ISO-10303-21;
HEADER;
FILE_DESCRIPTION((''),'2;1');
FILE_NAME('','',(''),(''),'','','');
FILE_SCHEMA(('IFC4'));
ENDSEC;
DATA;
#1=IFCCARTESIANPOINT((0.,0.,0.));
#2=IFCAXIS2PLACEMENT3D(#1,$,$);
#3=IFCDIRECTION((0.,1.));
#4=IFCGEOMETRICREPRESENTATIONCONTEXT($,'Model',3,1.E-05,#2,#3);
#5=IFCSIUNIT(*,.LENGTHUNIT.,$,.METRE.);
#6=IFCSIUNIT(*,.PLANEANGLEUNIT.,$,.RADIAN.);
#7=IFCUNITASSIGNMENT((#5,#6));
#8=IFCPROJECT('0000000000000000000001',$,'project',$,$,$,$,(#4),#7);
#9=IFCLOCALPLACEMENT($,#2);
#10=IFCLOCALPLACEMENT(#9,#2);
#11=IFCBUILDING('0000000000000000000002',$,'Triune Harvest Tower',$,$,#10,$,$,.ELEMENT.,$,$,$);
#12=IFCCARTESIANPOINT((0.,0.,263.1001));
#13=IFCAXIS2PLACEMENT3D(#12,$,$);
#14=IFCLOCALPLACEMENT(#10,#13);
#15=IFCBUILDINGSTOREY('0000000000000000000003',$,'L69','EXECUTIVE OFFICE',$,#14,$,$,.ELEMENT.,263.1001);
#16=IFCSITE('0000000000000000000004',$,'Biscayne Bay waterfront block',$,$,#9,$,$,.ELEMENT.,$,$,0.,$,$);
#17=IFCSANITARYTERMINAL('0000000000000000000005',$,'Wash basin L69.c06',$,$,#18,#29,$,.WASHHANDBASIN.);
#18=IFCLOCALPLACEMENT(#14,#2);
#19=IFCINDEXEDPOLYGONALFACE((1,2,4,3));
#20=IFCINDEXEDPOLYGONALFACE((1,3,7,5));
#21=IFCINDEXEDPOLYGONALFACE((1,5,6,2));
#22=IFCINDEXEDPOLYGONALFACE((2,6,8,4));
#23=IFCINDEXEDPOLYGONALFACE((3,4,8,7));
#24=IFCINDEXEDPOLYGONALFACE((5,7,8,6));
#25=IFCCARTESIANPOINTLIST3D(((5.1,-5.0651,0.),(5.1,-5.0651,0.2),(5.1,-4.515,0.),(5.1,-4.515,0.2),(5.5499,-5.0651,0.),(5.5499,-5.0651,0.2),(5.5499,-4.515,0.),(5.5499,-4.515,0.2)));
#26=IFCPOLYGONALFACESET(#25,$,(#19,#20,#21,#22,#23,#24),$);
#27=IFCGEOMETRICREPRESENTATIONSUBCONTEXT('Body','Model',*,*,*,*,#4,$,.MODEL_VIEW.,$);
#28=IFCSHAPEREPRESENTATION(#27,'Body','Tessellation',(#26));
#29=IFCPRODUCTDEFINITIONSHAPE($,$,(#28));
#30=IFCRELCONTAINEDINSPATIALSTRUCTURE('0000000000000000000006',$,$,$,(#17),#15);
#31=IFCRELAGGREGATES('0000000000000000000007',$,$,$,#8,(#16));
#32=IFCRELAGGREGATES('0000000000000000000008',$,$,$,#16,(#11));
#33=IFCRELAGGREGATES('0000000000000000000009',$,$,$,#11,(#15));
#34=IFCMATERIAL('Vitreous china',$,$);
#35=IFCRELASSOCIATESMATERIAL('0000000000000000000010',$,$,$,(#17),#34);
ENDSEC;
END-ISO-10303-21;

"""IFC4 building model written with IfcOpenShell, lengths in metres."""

from ifc_helpers import new_model, si_unit, direction, frame, origin, origin_2d, place, context, subcontext, project, spatial, rectangle, extrude, source, transform, mapped, material, element, save


model = new_model("IFC4")

# Units and contexts
model_context = context("Model", 3, precision=1e-05, world=origin(), true_north=direction((0.0, 1.0)))
body_context = subcontext(model_context, "Body", "Model", "MODEL_VIEW")
ifc_project = project(units=[si_unit("LENGTHUNIT", "METRE"), si_unit("PLANEANGLEUNIT", "RADIAN")], contexts=[model_context])

# Site, building, storey
site_placement = place(None, origin())
site = spatial("IfcSite", under=ifc_project, at=site_placement, Name="Biscayne Bay waterfront block", CompositionType="ELEMENT", RefElevation=0.0)
building_placement = place(site_placement, origin())
building = spatial("IfcBuilding", under=site, at=building_placement, Name="Triune Harvest Tower", CompositionType="ELEMENT")
storey_placement = place(building_placement, frame((0.0, 0.0, 263.1001)))
storey = spatial("IfcBuildingStorey", under=building, at=storey_placement, Name="L69", Description="EXECUTIVE OFFICE", CompositionType="ELEMENT", Elevation=263.1001)

# Sanitary terminal
ifc_material_1 = material(Name="Vitreous china")
shared_shape_1 = source(origin(), body_context, "Body", "SweptSolid", [
    extrude(rectangle(XDim=0.55, YDim=0.45, at=origin_2d()), origin(), (0.0, 0.0, 1.0), 0.2),
])
sanitary_terminal_1_placement = place(storey_placement, frame((5.325, -4.79, 0.0), z_axis=(0.0, 0.0, 1.0), x_axis=(0.0, 1.0, 0.0)))
element("IfcSanitaryTerminal", 1, at=sanitary_terminal_1_placement, inside=storey, material=ifc_material_1, Name="Wash basin L69.c06", PredefinedType="WASHHANDBASIN", context=body_context, shape_type="MappedRepresentation", body=[
    mapped(shared_shape_1, transform((0.0, 0.0, 0.0), scale=1.0)),
])

save(model, "model.ifc")
